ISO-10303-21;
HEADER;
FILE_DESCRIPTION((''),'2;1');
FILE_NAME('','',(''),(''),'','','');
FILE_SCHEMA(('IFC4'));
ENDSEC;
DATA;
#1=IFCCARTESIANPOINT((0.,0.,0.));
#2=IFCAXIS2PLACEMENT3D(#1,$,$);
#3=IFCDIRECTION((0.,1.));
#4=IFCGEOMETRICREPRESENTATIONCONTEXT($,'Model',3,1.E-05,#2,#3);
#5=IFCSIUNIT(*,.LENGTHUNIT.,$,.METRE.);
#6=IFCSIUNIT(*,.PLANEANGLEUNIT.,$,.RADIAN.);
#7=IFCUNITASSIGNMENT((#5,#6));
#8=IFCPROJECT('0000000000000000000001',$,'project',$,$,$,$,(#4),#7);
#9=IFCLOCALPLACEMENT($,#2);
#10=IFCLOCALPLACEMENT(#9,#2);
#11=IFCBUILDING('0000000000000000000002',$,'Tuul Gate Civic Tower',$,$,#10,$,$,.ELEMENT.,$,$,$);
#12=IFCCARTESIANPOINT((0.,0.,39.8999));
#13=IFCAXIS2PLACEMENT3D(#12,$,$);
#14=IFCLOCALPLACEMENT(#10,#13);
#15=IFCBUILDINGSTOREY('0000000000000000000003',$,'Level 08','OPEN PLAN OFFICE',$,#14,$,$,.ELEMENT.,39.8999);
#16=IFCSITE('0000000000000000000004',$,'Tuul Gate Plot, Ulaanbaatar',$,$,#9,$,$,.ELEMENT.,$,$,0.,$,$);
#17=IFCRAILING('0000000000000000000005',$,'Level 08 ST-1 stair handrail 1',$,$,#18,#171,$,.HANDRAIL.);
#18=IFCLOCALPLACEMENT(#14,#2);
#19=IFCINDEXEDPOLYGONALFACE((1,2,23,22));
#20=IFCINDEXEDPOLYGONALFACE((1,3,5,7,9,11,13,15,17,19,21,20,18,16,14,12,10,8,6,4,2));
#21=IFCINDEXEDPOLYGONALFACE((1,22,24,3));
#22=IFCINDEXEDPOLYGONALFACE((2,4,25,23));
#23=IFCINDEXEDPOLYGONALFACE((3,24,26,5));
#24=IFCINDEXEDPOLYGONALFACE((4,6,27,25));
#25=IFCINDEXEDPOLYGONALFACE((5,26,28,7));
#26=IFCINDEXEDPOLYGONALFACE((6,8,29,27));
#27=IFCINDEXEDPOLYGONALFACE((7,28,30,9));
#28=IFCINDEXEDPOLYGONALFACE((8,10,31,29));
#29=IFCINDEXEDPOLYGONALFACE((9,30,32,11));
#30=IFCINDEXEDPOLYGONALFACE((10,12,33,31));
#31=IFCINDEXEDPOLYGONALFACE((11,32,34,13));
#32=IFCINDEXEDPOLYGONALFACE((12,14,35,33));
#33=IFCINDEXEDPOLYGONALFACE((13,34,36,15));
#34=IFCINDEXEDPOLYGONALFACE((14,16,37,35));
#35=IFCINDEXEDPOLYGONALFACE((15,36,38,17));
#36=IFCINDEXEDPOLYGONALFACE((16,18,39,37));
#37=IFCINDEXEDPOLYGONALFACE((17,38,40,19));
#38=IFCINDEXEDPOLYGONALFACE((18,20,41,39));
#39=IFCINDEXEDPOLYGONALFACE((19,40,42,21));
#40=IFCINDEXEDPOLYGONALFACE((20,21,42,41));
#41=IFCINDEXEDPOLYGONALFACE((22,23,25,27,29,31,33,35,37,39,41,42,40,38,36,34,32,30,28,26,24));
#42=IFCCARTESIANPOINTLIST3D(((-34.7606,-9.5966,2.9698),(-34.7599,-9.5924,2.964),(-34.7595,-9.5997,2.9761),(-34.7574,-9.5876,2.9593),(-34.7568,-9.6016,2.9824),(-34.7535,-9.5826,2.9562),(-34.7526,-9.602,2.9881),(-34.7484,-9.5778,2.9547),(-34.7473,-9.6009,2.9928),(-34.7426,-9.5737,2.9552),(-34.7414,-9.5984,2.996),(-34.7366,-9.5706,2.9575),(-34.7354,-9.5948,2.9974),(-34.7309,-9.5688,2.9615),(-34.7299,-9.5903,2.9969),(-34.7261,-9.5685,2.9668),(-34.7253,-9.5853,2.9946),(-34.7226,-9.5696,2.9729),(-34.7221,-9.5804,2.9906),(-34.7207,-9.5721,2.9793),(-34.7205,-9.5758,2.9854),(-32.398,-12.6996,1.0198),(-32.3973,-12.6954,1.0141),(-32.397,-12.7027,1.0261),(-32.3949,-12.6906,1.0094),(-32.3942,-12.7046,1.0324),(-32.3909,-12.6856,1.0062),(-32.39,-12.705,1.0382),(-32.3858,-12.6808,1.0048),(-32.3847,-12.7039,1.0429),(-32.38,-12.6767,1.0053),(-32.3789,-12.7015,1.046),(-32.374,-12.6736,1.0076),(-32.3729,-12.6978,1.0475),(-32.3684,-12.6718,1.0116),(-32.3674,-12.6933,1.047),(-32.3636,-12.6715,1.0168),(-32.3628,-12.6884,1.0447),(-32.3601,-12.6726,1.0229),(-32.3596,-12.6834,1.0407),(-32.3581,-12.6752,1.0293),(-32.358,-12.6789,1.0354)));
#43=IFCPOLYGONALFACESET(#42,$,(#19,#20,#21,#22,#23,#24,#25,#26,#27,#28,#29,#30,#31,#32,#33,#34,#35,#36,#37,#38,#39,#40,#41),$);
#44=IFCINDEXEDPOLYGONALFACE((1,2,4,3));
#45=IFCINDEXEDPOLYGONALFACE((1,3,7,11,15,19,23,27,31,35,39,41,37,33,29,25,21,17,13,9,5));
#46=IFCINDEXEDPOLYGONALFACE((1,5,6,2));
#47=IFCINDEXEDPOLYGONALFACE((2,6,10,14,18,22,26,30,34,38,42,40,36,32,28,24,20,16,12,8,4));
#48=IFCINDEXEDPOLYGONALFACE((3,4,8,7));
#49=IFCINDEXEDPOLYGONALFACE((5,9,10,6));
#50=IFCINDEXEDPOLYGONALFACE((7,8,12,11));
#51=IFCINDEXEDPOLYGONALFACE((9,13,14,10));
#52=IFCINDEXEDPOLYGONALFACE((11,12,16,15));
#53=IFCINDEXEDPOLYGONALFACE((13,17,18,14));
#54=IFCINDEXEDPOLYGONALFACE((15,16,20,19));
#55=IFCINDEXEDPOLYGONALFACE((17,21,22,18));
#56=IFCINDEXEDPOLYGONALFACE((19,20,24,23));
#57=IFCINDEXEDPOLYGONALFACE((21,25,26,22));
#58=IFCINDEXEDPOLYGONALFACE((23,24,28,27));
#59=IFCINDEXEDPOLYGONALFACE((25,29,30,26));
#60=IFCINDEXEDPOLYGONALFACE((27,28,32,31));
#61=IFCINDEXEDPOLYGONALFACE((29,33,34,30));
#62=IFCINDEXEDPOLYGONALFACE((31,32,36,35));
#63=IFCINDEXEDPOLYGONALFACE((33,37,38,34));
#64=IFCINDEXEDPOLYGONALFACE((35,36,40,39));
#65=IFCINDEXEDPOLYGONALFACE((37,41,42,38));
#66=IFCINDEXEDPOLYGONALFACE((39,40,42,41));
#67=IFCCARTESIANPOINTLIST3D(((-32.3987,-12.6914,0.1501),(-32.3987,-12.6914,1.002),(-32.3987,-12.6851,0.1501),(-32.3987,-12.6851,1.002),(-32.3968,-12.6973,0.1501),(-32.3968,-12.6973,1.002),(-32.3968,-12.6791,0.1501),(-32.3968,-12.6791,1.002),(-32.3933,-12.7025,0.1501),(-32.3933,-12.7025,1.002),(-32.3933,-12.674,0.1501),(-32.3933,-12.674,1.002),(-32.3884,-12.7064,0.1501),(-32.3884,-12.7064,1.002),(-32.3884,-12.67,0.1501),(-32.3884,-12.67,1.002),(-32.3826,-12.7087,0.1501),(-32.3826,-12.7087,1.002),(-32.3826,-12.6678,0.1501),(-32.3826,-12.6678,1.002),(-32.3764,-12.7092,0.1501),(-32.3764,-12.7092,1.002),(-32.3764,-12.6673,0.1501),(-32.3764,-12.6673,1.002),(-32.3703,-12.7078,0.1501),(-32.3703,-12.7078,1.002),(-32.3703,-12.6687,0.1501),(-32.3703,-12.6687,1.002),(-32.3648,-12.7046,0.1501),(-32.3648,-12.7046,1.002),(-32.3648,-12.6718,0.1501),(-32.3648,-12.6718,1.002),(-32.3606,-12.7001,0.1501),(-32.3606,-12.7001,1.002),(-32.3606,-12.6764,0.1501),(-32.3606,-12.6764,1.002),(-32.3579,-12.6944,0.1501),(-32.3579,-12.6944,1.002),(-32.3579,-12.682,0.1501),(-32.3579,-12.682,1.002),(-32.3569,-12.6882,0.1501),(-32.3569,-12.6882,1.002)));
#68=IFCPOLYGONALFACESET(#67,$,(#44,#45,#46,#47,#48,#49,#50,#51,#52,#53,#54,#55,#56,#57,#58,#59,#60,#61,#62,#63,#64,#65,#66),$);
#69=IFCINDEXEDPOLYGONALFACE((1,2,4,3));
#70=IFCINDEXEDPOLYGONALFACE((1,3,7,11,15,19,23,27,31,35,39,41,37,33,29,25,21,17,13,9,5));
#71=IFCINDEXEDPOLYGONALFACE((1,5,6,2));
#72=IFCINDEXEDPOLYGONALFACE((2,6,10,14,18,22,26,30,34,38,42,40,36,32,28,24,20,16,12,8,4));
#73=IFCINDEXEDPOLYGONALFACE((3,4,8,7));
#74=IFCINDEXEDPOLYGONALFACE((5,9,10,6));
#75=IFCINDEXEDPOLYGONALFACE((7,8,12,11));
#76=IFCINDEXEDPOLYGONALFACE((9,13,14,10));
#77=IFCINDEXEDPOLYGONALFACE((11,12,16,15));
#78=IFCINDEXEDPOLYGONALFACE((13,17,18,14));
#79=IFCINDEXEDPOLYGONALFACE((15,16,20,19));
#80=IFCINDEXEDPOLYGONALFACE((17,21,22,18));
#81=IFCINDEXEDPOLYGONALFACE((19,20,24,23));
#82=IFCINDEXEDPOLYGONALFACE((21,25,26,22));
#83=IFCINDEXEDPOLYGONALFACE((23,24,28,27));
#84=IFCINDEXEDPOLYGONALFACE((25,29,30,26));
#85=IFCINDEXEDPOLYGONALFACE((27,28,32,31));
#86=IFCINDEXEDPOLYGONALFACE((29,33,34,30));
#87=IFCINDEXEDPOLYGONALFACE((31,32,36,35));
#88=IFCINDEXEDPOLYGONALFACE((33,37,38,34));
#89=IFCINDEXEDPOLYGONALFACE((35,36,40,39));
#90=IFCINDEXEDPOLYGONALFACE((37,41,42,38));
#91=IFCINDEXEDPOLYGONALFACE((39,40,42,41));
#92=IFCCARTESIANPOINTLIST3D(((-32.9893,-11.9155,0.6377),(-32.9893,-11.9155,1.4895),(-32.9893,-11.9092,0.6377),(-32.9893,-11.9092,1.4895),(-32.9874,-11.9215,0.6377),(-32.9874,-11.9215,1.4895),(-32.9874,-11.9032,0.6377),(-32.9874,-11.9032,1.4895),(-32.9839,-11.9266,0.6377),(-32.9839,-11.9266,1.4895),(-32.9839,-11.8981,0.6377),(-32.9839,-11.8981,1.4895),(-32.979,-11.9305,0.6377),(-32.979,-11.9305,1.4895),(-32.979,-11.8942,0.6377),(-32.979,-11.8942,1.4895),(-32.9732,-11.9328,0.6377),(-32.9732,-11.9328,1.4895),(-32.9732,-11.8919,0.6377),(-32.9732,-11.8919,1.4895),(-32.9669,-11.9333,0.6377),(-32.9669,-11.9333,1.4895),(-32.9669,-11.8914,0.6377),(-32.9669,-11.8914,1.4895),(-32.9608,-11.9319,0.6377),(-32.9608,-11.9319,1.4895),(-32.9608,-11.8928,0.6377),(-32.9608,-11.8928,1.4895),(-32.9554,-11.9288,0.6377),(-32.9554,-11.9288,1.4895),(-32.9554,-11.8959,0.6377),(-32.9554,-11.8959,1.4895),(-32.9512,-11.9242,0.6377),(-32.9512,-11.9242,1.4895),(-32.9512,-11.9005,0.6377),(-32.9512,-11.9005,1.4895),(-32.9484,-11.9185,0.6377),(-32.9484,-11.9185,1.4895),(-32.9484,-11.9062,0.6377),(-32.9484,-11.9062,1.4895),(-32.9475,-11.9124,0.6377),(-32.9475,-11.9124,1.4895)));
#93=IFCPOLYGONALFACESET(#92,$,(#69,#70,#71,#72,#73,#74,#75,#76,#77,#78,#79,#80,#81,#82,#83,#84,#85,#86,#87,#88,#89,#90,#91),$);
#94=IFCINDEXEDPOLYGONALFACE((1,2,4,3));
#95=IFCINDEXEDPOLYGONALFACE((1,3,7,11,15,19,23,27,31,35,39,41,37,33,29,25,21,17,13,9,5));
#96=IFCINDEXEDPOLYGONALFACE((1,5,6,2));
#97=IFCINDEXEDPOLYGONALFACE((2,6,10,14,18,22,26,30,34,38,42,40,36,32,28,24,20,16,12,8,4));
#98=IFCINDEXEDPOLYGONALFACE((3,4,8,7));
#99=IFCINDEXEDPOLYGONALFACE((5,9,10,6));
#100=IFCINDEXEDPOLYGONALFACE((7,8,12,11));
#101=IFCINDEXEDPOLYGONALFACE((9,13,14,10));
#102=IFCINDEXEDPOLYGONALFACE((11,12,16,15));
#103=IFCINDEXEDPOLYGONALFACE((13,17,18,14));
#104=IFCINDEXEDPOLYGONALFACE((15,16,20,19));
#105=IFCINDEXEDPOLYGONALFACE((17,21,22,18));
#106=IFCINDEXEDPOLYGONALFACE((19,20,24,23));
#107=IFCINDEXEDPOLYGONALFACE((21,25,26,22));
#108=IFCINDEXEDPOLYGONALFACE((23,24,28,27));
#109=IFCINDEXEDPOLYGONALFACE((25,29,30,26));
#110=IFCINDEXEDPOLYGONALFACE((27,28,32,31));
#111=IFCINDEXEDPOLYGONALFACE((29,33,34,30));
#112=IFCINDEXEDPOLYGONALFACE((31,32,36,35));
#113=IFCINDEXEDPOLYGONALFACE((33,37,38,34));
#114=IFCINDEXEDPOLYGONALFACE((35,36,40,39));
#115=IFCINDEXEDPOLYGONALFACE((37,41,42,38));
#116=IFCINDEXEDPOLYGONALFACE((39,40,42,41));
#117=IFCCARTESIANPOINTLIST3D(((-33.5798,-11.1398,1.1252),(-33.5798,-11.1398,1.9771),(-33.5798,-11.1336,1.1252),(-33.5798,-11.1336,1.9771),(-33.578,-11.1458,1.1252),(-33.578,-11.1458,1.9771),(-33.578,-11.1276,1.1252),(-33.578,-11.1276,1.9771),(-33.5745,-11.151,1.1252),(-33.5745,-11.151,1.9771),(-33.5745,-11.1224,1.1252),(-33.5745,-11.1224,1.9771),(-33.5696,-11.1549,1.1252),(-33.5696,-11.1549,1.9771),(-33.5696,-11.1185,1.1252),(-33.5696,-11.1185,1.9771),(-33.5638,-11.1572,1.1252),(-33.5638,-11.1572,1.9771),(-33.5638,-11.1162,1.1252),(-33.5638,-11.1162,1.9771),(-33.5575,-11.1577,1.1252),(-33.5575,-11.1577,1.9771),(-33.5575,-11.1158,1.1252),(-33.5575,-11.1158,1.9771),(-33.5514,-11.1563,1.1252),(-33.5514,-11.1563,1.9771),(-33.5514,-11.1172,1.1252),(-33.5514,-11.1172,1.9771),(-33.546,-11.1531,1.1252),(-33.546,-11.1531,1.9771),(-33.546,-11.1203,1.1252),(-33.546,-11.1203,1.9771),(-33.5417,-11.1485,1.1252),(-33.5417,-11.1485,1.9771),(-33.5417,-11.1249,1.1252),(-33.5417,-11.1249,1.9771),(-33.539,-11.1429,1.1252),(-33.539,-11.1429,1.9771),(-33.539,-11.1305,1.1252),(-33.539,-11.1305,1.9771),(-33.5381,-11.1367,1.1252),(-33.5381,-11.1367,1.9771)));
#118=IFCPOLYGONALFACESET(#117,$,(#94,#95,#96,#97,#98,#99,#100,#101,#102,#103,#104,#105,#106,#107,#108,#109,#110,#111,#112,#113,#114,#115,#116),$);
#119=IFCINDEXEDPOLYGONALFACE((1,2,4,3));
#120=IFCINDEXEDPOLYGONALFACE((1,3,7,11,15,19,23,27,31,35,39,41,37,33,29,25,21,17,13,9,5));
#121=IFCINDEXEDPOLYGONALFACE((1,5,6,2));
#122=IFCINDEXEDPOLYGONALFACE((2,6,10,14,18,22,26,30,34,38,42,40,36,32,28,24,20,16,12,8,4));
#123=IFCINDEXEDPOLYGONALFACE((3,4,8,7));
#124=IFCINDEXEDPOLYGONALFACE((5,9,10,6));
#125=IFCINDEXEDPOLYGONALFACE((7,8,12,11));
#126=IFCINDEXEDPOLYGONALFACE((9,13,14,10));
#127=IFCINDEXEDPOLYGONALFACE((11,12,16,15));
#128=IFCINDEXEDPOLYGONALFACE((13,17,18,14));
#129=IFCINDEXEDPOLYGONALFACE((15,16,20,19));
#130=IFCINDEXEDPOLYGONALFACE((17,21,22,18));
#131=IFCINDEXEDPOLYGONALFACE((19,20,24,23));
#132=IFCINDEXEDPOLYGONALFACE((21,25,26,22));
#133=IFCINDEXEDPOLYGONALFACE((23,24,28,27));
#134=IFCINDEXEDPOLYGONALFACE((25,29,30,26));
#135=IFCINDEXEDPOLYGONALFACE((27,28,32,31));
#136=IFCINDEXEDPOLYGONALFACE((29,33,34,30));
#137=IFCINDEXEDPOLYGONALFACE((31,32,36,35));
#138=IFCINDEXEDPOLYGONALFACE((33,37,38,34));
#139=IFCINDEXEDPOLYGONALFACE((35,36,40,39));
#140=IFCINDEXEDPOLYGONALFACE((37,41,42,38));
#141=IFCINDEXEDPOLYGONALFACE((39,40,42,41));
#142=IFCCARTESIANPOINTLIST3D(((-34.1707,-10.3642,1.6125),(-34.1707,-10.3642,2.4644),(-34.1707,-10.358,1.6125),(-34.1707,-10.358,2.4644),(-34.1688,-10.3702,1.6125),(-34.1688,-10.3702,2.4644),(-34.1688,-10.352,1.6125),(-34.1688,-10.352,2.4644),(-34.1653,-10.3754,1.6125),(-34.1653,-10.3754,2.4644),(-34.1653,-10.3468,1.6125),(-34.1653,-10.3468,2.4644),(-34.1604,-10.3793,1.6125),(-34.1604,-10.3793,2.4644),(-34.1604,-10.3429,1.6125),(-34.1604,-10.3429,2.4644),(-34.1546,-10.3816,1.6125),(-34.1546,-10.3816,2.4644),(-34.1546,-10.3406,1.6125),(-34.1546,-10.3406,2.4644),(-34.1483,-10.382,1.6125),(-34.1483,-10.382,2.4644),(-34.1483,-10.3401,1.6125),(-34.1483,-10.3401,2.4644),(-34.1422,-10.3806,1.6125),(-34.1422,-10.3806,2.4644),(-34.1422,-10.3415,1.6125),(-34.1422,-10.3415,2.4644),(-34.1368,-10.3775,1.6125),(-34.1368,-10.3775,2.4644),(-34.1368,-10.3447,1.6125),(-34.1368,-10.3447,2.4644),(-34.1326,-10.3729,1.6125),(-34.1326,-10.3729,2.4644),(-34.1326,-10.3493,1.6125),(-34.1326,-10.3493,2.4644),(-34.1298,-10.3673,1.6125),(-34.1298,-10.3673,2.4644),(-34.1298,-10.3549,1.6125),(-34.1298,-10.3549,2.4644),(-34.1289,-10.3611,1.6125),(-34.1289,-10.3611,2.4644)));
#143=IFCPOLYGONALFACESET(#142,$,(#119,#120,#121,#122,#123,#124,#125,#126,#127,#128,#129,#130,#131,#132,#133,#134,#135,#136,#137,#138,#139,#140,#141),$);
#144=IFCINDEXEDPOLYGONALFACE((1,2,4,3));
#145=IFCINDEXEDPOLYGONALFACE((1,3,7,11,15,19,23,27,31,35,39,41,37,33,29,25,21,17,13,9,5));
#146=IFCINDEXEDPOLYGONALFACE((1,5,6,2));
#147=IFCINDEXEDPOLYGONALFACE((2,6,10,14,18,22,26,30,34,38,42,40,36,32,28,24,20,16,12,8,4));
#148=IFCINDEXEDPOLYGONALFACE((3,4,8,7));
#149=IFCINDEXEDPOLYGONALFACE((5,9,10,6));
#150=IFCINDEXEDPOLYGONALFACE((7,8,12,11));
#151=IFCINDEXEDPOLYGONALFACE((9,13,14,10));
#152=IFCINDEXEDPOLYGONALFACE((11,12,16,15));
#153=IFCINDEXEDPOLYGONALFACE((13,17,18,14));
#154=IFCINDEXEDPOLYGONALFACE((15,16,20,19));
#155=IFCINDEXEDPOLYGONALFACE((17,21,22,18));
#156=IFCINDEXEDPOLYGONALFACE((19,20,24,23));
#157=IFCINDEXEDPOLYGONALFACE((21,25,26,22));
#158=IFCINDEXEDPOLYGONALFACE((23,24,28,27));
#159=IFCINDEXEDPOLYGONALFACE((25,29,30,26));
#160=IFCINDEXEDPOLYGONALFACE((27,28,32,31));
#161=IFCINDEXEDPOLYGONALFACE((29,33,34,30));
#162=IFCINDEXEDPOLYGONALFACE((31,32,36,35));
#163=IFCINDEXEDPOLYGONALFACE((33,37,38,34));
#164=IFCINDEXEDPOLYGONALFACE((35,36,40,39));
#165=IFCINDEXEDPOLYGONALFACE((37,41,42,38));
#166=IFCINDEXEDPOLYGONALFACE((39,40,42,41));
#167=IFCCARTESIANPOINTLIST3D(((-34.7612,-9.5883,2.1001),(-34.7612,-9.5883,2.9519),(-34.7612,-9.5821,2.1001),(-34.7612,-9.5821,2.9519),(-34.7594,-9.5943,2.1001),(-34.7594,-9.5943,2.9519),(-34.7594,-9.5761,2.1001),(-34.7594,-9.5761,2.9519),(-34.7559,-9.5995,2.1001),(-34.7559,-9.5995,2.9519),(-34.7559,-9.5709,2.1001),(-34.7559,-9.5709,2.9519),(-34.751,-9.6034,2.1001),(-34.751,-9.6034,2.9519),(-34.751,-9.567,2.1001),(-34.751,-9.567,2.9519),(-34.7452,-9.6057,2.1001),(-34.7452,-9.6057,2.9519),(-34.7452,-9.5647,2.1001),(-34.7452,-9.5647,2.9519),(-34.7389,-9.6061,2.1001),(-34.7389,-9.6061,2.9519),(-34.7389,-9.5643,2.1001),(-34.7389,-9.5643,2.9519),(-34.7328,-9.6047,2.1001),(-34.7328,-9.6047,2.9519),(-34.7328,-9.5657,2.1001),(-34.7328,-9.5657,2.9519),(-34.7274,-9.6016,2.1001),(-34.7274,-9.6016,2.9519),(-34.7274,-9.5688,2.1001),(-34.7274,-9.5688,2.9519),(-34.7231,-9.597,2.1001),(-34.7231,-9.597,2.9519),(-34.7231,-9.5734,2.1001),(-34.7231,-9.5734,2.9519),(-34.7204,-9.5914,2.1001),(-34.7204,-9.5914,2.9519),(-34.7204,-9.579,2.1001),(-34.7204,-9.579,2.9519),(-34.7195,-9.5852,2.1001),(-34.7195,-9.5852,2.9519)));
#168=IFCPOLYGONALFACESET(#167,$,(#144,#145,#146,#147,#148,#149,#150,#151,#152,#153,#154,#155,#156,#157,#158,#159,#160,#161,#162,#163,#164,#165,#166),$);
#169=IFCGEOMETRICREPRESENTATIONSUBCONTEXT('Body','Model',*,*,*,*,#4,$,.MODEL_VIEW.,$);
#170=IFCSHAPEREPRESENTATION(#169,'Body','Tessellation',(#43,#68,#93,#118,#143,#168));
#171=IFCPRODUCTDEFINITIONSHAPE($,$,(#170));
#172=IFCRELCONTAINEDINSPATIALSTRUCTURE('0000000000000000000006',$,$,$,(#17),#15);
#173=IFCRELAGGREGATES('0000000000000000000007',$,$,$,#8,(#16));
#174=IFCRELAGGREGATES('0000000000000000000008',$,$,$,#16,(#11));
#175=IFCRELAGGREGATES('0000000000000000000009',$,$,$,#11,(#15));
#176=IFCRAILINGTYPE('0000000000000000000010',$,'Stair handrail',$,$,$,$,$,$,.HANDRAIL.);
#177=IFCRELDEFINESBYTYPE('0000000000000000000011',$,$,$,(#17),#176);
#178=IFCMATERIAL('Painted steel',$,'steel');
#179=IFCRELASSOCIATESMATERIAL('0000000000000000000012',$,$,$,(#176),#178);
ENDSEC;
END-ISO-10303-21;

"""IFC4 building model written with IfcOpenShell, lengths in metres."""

from ifc_helpers import new_model, si_unit, direction, frame, origin, origin_2d, place, context, subcontext, project, spatial, circle, extrude, material, type_object, element, save


model = new_model("IFC4")

# Units and contexts
model_context = context("Model", 3, precision=1e-05, world=origin(), true_north=direction((0.0, 1.0)))
body_context = subcontext(model_context, "Body", "Model", "MODEL_VIEW")
ifc_project = project(units=[si_unit("LENGTHUNIT", "METRE"), si_unit("PLANEANGLEUNIT", "RADIAN")], contexts=[model_context])

# Site, building, storey
site_placement = place(None, origin())
site = spatial("IfcSite", under=ifc_project, at=site_placement, Name="Tuul Gate Plot, Ulaanbaatar", CompositionType="ELEMENT", RefElevation=0.0)
building_placement = place(site_placement, origin())
building = spatial("IfcBuilding", under=site, at=building_placement, Name="Tuul Gate Civic Tower", CompositionType="ELEMENT")
storey_placement = place(building_placement, frame((0.0, 0.0, 39.8999)))
storey = spatial("IfcBuildingStorey", under=building, at=storey_placement, Name="Level 08", Description="OPEN PLAN OFFICE", CompositionType="ELEMENT", Elevation=39.8999)

# Railing
ifc_material_1 = material(Name="Painted steel", Category="steel")
railing_type_1 = type_object("IfcRailingType", Name="Stair handrail", PredefinedType="HANDRAIL", material=ifc_material_1)
railing_1_placement = place(storey_placement, frame((-32.3779, -12.6882, 0.1501)))
element("IfcRailing", 1, at=railing_1_placement, inside=storey, type_object=railing_type_1, Name="Level 08 ST-1 stair handrail 1", PredefinedType="HANDRAIL", context=body_context, shape_type="SweptSolid", body=[
    extrude(circle(Radius=0.0239, at=origin_2d()), frame((0.0, 0.0, 0.876), z_axis=(-0.541824, 0.711645, 0.4472), x_axis=(-0.795637, -0.605773, 0.0)), (0.0, 0.0, 1.0), 4.3604),
    extrude(circle(Radius=0.021, at=origin_2d()), origin(), (0.0, 0.0, 1.0), 0.8518),
    extrude(circle(Radius=0.021, at=origin_2d()), frame((-0.5906, 0.7759, 0.4875)), (0.0, 0.0, 1.0), 0.8518),
    extrude(circle(Radius=0.021, at=origin_2d()), frame((-1.1812, 1.5515, 0.9751)), (0.0, 0.0, 1.0), 0.8518),
    extrude(circle(Radius=0.021, at=origin_2d()), frame((-1.772, 2.3271, 1.4624)), (0.0, 0.0, 1.0), 0.8518),
    extrude(circle(Radius=0.021, at=origin_2d()), frame((-2.3625, 3.103, 1.95)), (0.0, 0.0, 1.0), 0.8518),
])

save(model, "model.ifc")
